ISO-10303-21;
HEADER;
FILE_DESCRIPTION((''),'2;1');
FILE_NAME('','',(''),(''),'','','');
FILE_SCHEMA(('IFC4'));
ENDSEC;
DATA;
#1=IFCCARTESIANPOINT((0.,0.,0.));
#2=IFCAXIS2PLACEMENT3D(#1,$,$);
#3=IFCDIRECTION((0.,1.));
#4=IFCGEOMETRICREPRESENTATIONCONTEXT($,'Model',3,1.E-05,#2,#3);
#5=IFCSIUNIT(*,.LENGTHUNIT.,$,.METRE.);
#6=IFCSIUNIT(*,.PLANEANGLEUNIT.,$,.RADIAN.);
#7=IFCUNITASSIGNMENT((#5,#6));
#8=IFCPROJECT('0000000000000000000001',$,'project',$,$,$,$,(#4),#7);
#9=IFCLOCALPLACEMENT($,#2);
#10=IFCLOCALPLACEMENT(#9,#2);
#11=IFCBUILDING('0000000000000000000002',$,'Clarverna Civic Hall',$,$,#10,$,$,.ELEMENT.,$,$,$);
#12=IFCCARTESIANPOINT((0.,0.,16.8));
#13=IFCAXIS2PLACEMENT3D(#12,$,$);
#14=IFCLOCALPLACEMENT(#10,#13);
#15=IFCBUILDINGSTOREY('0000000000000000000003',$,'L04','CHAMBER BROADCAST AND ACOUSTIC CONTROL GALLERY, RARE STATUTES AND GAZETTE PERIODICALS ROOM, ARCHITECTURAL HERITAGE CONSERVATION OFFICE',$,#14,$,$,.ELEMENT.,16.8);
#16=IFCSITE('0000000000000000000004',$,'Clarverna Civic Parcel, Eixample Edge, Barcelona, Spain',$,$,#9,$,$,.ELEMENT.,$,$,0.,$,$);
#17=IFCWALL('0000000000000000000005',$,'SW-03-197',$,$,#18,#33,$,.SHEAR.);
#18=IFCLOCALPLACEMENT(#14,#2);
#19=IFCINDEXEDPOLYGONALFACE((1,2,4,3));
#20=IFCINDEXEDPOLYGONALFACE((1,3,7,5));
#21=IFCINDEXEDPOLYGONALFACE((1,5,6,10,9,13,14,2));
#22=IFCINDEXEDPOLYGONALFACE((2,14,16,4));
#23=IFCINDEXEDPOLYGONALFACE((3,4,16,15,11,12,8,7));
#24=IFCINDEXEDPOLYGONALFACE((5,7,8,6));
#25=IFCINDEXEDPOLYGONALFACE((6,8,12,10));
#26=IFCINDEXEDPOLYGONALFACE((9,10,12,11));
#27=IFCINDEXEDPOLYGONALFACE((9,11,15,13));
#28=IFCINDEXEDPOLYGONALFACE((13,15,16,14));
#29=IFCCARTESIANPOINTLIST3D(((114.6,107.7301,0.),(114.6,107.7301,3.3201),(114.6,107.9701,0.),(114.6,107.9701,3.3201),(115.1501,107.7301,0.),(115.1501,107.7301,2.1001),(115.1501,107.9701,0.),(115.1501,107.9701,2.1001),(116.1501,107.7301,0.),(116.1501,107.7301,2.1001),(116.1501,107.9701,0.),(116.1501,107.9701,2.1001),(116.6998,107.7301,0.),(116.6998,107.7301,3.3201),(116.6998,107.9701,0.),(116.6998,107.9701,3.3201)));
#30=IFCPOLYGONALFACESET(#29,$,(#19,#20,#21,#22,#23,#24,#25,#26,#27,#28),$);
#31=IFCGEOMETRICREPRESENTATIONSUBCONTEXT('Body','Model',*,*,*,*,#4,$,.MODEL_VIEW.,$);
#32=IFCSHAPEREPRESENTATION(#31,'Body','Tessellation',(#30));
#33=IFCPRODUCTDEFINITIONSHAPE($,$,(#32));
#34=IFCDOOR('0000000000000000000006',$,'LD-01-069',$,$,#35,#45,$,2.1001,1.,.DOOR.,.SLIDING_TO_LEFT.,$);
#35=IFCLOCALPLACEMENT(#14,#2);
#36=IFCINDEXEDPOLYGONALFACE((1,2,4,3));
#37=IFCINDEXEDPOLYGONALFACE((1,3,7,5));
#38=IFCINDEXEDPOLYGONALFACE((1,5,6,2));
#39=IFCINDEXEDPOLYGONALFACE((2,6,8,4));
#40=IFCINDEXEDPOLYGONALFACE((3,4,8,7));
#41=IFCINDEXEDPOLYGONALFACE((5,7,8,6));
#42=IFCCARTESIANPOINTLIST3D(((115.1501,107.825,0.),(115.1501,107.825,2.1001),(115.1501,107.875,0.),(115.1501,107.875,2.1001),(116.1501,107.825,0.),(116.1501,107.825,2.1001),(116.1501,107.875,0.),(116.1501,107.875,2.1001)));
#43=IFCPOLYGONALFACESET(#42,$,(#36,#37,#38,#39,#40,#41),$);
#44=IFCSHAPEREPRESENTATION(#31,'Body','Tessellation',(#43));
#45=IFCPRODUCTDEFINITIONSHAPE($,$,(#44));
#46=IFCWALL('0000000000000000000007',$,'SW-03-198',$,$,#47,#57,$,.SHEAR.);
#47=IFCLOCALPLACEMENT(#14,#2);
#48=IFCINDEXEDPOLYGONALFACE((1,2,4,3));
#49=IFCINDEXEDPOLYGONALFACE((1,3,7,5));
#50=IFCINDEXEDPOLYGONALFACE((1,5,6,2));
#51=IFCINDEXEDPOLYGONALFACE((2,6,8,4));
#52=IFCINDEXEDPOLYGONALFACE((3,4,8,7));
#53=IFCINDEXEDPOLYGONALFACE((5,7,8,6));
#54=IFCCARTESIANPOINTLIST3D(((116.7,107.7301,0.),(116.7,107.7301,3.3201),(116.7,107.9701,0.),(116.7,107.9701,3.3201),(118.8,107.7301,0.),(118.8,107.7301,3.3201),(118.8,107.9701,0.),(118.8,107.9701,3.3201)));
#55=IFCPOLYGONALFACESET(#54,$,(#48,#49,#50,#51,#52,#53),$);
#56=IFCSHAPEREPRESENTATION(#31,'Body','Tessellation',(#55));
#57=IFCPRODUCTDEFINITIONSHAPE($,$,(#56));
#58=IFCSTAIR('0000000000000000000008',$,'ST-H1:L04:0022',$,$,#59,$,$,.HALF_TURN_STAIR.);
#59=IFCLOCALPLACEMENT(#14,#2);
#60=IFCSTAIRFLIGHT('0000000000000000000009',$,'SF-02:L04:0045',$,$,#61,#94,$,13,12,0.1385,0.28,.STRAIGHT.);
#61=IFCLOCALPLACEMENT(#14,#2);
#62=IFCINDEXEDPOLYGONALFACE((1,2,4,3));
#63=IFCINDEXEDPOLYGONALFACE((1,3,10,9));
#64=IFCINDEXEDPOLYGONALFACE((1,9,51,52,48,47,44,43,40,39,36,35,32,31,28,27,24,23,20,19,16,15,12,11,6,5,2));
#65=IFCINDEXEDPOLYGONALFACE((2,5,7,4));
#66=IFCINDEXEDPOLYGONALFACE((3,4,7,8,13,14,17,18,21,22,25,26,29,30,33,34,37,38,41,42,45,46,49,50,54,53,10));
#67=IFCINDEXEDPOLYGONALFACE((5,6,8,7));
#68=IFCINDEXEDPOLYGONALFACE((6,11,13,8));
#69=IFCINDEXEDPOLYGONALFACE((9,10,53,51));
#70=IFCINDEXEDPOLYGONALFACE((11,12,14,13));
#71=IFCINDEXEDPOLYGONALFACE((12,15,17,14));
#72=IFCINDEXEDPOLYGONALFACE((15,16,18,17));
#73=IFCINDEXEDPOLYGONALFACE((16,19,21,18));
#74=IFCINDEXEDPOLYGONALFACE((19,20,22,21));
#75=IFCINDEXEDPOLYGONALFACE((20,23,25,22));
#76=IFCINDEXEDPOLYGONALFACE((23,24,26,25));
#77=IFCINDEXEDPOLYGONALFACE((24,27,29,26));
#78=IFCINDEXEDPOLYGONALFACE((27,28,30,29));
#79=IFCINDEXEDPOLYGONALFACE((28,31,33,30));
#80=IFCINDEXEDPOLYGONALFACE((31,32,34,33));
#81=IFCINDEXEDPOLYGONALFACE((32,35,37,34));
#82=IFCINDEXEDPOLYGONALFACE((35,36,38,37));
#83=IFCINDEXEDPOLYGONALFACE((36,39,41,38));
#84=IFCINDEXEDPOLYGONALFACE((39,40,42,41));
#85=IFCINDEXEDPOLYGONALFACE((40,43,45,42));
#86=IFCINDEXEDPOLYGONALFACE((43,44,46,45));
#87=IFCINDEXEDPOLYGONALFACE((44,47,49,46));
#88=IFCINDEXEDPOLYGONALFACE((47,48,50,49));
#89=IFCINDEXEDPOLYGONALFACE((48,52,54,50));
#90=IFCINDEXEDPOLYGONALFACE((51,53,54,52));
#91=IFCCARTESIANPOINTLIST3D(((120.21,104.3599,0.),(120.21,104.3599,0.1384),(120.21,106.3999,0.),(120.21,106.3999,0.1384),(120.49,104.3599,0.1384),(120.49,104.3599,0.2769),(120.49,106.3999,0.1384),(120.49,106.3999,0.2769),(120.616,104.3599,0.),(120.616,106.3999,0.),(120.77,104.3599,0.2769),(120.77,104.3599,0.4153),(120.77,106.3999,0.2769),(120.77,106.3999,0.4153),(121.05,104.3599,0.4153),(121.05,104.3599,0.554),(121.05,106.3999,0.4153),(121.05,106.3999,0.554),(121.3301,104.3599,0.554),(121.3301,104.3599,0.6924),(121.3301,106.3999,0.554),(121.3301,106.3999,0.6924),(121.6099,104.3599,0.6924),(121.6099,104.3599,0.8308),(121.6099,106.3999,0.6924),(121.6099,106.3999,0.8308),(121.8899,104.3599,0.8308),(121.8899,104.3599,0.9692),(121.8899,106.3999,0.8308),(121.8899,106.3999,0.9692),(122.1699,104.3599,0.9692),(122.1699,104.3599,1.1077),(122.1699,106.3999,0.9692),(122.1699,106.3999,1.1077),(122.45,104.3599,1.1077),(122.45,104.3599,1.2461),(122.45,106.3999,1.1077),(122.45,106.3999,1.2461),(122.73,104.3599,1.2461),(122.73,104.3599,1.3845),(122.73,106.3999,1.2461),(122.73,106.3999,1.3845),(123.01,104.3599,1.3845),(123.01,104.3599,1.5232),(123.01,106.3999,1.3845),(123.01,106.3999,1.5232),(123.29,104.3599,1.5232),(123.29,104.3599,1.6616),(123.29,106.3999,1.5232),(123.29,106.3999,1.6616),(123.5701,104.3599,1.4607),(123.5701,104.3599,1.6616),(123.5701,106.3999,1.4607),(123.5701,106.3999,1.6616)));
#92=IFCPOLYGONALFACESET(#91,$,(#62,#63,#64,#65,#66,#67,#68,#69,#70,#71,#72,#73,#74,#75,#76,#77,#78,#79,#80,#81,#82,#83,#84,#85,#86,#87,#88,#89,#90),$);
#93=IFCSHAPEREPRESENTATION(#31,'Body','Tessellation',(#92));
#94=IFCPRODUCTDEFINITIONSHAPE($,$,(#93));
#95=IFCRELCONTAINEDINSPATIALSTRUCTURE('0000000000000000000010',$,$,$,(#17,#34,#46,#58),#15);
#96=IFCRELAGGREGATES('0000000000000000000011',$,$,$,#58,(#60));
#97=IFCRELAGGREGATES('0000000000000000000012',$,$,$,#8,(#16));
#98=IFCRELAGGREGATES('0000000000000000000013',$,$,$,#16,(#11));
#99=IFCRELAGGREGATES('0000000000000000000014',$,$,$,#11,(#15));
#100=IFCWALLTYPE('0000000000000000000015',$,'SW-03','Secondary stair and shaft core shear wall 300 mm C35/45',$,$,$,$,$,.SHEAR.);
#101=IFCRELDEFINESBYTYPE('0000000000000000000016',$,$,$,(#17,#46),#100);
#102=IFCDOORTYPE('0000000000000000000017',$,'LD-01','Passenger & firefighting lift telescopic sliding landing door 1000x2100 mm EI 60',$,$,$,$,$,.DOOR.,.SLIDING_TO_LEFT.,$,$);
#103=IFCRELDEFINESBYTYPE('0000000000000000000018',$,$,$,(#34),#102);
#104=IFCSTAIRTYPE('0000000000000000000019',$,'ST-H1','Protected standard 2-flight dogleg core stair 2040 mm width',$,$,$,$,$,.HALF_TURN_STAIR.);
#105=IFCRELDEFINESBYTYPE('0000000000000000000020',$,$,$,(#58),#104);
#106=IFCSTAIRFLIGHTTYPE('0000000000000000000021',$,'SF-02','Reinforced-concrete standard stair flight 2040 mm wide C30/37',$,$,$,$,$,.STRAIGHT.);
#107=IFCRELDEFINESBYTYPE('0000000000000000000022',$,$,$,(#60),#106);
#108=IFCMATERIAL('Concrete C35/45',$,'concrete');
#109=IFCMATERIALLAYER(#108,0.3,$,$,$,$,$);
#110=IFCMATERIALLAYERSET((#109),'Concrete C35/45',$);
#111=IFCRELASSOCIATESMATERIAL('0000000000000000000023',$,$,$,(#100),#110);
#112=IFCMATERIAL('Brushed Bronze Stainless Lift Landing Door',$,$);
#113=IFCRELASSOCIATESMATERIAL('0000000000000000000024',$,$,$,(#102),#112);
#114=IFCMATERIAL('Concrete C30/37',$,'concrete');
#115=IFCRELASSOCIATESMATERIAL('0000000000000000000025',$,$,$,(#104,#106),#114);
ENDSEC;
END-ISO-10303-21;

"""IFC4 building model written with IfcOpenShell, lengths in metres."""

from ifc_helpers import new_model, si_unit, direction, frame, frame_2d, origin, place, context, subcontext, project, spatial, polyline, rectangle, outline, extrude, material, layer, layer_set, type_object, element, fill, aggregate, save


model = new_model("IFC4")

# Units and contexts
model_context = context("Model", 3, precision=1e-05, world=origin(), true_north=direction((0.0, 1.0)))
body_context = subcontext(model_context, "Body", "Model", "MODEL_VIEW")
ifc_project = project(units=[si_unit("LENGTHUNIT", "METRE"), si_unit("PLANEANGLEUNIT", "RADIAN")], contexts=[model_context])

# Site, building, storey
site_placement = place(None, origin())
site = spatial("IfcSite", under=ifc_project, at=site_placement, Name="Clarverna Civic Parcel, Eixample Edge, Barcelona, Spain", CompositionType="ELEMENT", RefElevation=0.0)
building_placement = place(site_placement, origin())
building = spatial("IfcBuilding", under=site, at=building_placement, Name="Clarverna Civic Hall", CompositionType="ELEMENT")
storey_placement = place(building_placement, frame((0.0, 0.0, 16.8)))
storey = spatial("IfcBuildingStorey", under=building, at=storey_placement, Name="L04", Description="CHAMBER BROADCAST AND ACOUSTIC CONTROL GALLERY, RARE STATUTES AND GAZETTE PERIODICALS ROOM, ARCHITECTURAL HERITAGE CONSERVATION OFFICE", CompositionType="ELEMENT", Elevation=16.8)

# Shared definitions
ifc_material_1 = material(Name="Concrete C35/45", Category="concrete")

# Shared definitions
ifc_layer_1 = layer(ifc_material_1, 0.3)
ifc_layer_set_1 = layer_set([ifc_layer_1], Name="Concrete C35/45")
wall_type = type_object("IfcWallType", Name="SW-03", Description="Secondary stair and shaft core shear wall 300 mm C35/45", PredefinedType="SHEAR", material=ifc_layer_set_1)

# Wall, opening, door
wall_1_placement = place(storey_placement, frame((114.6001, 107.8501, 0.0), z_axis=(0.0, 0.0, 1.0), x_axis=(1.0, 0.0, 0.0)))
wall_1 = element("IfcWall", 1, at=wall_1_placement, inside=storey, type_object=wall_type, Name="SW-03-197", PredefinedType="SHEAR", context=body_context, shape_type="SweptSolid", body=[
    extrude(rectangle(XDim=2.0999, YDim=0.24, at=frame_2d((1.0498, 0.0))), origin(), (0.0, 0.0, 1.0), 3.3201),
])
opening_1_placement = place(wall_1_placement, frame((0.55, 0.0, 0.0)))
opening_1 = element("IfcOpeningElement", 2, at=opening_1_placement, cuts=wall_1, PredefinedType="OPENING", context=body_context, shape_type="SweptSolid", body=[
    extrude(rectangle(XDim=1.0, YDim=2.1001, at=frame_2d((0.5, 1.05))), frame((0.0, 0.1299, 0.0), z_axis=(0.0, -1.0, 0.0), x_axis=(1.0, 0.0, 0.0)), (0.0, 0.0, 1.0), 0.26),
])
ifc_material_2 = material(Name="Brushed Bronze Stainless Lift Landing Door")
door_type_1 = type_object("IfcDoorType", Name="LD-01", Description="Passenger & firefighting lift telescopic sliding landing door 1000x2100 mm EI 60", OperationType="SLIDING_TO_LEFT", PredefinedType="DOOR", material=ifc_material_2)
door_1_placement = place(opening_1_placement, origin())
door_1 = element("IfcDoor", 3, at=door_1_placement, inside=storey, type_object=door_type_1, Name="LD-01-069", OperationType="SLIDING_TO_LEFT", OverallHeight=2.1001, OverallWidth=1.0, PredefinedType="DOOR", context=body_context, shape_type="SweptSolid", body=[
    extrude(rectangle(XDim=1.0, YDim=2.1001, at=frame_2d((0.5, 1.05))), frame((0.0, 0.0249, 0.0), z_axis=(0.0, -1.0, 0.0), x_axis=(1.0, 0.0, 0.0)), (0.0, 0.0, 1.0), 0.05),
])
fill(opening_1, door_1)

# Wall
wall_2_placement = place(storey_placement, frame((116.7, 107.8501, 0.0), z_axis=(0.0, 0.0, 1.0), x_axis=(1.0, 0.0, 0.0)))
element("IfcWall", 4, at=wall_2_placement, inside=storey, type_object=wall_type, Name="SW-03-198", PredefinedType="SHEAR", context=body_context, shape_type="SweptSolid", body=[
    extrude(rectangle(XDim=2.1001, YDim=0.24, at=frame_2d((1.05, 0.0))), origin(), (0.0, 0.0, 1.0), 3.3201),
])

# Stair, stair flight
ifc_material_3 = material(Name="Concrete C30/37", Category="concrete")
stair_type = type_object("IfcStairType", Name="ST-H1", Description="Protected standard 2-flight dogleg core stair 2040 mm width", PredefinedType="HALF_TURN_STAIR", material=ifc_material_3)
stair_placement = place(storey_placement, origin())
stair = element("IfcStair", 5, at=stair_placement, inside=storey, type_object=stair_type, Name="ST-H1:L04:0022", PredefinedType="HALF_TURN_STAIR")
stair_flight_type = type_object("IfcStairFlightType", Name="SF-02", Description="Reinforced-concrete standard stair flight 2040 mm wide C30/37", PredefinedType="STRAIGHT", material=ifc_material_3)
stair_flight_placement = place(storey_placement, frame((120.21, 105.3799, 0.0), z_axis=(0.0, 0.0, 1.0), x_axis=(1.0, 0.0, 0.0)))
stair_flight = element("IfcStairFlight", 6, at=stair_flight_placement, type_object=stair_flight_type, Name="SF-02:L04:0045", NumberOfRisers=13, NumberOfTreads=12, PredefinedType="STRAIGHT", RiserHeight=0.1385, TreadLength=0.28, context=body_context, shape_type="SweptSolid", body=[
    extrude(outline(polyline([(0.0, 0.0), (0.0, 0.1384), (0.28, 0.1384), (0.28, 0.2769), (0.5601, 0.2769), (0.5601, 0.4153), (0.8401, 0.4153), (0.8401, 0.554), (1.1201, 0.554), (1.1201, 0.6924), (1.3999, 0.6924), (1.3999, 0.8308), (1.6799, 0.8308), (1.6799, 0.9692), (1.96, 0.9692), (1.96, 1.1077), (2.24, 1.1077), (2.24, 1.2461), (2.52, 1.2461), (2.52, 1.3845), (2.8, 1.3845), (2.8, 1.5232), (3.0801, 1.5232), (3.0801, 1.6616), (3.3601, 1.6616), (3.3601, 1.8), (3.3601, 1.4607), (0.406, 0.0), (0.0, 0.0)])), frame((0.0, 1.02, 0.0), z_axis=(0.0, -1.0, 0.0), x_axis=(1.0, 0.0, 0.0)), (0.0, 0.0, 1.0), 2.04),
])
aggregate(stair, [stair_flight])

save(model, "model.ifc")
